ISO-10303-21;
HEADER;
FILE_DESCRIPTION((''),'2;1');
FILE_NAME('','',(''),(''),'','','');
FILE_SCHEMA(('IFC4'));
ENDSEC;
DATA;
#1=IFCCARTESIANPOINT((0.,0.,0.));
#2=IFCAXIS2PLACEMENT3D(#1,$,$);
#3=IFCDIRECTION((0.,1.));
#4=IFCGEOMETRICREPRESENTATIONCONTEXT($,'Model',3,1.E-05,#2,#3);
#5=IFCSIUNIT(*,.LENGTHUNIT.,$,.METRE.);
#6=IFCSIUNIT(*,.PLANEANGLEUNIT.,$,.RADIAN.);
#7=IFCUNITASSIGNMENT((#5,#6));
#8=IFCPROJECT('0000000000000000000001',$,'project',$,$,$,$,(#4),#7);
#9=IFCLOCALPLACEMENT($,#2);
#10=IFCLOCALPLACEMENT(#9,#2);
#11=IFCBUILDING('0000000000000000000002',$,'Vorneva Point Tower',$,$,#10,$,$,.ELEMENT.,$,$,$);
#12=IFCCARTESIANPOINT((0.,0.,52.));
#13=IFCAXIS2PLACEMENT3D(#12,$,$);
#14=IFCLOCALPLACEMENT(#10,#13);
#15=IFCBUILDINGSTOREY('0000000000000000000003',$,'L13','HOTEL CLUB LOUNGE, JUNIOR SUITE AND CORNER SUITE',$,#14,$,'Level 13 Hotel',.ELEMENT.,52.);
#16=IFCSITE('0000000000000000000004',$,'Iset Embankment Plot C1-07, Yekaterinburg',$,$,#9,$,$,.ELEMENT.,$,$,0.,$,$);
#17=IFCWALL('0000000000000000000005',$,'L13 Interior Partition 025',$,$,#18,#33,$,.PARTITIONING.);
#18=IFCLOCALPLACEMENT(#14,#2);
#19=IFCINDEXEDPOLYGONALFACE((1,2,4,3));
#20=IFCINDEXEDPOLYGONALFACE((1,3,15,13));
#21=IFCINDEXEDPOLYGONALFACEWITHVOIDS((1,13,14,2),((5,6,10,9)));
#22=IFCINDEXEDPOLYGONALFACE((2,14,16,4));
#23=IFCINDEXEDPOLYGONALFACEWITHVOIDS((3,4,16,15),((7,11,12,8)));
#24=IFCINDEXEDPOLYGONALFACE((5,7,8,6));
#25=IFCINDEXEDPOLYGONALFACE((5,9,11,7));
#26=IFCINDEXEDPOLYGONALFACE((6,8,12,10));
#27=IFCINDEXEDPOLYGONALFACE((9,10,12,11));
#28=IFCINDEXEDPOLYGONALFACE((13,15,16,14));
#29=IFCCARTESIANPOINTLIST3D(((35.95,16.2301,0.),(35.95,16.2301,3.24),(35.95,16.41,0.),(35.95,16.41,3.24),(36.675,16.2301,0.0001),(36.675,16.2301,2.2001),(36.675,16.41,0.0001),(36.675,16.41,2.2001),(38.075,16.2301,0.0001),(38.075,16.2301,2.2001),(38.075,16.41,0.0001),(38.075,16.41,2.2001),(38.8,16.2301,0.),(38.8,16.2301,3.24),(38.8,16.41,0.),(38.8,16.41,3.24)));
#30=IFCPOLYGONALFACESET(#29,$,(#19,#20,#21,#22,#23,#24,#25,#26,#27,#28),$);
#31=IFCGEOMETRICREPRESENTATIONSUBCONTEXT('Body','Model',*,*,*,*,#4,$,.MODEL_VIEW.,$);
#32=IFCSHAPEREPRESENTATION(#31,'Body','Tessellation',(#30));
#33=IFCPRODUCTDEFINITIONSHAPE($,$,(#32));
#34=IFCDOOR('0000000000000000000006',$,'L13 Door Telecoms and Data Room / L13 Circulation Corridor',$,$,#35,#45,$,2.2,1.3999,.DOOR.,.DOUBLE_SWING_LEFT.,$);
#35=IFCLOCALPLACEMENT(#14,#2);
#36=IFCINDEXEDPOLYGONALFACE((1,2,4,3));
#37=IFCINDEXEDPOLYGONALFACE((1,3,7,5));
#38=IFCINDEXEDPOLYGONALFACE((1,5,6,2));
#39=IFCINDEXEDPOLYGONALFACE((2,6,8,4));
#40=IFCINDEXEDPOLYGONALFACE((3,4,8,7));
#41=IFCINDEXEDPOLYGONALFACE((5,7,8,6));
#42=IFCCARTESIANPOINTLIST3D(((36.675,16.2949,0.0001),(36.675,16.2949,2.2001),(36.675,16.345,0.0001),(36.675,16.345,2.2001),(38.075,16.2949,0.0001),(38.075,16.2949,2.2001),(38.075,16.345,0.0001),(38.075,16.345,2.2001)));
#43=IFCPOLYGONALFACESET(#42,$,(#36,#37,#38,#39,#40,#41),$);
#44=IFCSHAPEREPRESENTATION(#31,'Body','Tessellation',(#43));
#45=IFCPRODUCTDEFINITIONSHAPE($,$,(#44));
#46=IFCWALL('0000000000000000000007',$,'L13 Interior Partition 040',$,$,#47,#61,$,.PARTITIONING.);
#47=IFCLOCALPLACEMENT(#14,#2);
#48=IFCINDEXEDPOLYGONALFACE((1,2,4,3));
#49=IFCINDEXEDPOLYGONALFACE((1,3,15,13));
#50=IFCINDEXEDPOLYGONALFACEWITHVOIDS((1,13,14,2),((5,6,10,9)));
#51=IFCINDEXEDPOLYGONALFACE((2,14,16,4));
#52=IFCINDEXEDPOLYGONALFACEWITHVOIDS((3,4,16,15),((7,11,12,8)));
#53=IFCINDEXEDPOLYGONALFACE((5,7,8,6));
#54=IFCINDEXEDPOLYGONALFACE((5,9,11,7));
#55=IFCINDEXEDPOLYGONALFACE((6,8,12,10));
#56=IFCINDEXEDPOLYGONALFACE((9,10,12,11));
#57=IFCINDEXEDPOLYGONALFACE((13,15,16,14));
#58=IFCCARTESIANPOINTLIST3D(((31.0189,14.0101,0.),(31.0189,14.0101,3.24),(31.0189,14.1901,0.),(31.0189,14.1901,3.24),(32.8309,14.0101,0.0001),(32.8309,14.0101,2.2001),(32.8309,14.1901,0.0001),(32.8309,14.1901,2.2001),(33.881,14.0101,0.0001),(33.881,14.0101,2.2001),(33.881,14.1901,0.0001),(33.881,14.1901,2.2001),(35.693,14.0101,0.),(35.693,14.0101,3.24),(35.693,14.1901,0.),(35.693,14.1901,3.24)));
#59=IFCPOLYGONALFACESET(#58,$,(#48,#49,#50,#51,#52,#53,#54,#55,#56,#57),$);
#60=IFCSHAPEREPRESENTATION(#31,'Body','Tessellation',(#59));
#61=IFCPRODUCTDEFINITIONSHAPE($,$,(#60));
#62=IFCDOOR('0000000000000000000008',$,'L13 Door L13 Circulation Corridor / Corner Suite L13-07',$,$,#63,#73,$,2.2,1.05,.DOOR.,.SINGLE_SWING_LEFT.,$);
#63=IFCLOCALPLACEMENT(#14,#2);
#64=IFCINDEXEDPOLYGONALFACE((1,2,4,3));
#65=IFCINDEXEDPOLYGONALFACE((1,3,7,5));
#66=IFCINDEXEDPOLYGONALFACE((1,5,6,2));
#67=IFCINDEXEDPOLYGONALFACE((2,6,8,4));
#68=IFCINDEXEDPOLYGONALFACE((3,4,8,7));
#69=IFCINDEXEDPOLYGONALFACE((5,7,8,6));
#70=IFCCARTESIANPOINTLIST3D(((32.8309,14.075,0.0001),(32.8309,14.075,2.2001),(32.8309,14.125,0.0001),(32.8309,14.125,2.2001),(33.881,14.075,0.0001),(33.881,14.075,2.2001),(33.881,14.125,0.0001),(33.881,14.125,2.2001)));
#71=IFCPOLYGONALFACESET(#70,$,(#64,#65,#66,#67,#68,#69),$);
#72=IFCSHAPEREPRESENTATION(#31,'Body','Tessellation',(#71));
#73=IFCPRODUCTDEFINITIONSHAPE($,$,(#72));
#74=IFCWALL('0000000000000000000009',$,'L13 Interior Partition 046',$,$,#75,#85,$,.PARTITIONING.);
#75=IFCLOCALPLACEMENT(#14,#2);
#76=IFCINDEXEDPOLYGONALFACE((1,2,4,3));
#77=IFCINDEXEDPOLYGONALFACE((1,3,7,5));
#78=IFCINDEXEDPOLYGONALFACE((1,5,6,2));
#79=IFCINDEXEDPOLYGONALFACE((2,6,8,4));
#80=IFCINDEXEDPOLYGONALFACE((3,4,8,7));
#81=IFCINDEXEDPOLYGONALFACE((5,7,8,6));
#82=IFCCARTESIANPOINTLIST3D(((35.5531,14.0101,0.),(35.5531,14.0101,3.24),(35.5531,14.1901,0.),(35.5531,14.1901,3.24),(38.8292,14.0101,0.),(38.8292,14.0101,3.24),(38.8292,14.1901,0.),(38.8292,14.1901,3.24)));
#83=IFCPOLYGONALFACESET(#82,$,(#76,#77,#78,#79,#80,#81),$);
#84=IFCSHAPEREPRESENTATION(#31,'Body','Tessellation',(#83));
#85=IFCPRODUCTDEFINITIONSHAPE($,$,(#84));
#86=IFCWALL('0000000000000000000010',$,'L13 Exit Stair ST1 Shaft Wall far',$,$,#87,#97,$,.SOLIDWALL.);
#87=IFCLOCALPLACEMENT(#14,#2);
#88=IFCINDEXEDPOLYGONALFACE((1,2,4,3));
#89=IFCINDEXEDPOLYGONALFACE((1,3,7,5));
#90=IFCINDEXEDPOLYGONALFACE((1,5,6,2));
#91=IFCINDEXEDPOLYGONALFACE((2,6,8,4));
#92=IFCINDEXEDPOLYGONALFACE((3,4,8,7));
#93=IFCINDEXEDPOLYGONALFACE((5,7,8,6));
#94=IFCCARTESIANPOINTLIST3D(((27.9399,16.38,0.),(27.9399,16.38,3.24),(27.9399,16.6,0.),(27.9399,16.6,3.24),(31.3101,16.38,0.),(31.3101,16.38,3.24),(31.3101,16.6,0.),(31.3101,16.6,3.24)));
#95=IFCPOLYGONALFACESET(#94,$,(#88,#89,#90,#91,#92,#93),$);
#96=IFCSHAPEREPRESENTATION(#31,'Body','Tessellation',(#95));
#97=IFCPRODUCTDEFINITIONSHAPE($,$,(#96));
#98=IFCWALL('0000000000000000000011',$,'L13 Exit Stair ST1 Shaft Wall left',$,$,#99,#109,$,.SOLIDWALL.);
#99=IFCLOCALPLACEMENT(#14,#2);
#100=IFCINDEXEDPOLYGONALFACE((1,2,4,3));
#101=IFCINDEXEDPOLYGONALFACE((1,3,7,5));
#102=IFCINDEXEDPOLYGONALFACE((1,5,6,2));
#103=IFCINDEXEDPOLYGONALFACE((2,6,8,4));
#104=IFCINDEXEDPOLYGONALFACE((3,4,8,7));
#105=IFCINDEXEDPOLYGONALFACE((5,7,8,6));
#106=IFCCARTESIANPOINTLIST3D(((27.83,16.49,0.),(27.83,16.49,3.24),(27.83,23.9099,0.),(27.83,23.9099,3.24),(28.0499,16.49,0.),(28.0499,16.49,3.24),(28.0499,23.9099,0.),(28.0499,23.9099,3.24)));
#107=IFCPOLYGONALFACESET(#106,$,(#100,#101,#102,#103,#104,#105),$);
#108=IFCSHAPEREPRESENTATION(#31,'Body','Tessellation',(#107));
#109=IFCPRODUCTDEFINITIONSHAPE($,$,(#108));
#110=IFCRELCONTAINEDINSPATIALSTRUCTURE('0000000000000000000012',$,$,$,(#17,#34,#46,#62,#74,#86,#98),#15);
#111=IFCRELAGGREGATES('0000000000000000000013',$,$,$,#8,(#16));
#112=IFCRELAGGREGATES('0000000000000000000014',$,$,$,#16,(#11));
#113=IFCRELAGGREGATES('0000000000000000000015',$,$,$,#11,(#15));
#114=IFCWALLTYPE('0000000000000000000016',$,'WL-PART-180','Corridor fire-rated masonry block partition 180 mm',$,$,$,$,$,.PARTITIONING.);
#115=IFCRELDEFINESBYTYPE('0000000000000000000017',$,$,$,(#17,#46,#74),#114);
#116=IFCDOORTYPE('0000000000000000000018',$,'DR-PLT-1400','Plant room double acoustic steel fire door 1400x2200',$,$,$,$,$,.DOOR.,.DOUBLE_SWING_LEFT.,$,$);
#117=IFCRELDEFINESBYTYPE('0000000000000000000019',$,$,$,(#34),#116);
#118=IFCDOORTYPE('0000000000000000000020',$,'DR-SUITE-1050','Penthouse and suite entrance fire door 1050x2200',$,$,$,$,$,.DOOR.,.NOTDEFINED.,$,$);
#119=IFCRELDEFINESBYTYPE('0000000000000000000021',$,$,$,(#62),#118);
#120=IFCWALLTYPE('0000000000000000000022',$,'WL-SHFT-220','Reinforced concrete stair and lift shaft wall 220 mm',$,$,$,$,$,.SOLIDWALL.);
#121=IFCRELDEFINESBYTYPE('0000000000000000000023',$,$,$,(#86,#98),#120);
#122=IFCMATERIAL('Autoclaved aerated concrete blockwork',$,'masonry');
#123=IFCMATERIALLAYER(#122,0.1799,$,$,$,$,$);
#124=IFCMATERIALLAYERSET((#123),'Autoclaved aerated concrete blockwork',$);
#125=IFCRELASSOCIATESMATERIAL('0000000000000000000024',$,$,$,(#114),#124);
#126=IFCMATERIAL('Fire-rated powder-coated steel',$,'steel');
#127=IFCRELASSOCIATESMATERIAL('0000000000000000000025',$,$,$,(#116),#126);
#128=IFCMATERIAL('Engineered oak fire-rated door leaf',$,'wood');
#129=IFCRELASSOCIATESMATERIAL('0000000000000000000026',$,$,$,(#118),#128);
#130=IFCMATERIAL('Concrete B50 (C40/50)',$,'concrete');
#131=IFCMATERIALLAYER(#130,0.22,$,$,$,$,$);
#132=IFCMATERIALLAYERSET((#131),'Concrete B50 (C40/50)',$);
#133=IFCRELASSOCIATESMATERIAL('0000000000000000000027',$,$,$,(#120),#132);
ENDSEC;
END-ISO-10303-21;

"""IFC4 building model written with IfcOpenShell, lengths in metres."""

from ifc_helpers import new_model, si_unit, direction, frame, frame_2d, origin, place, context, subcontext, project, spatial, rectangle, extrude, material, layer, layer_set, type_object, element, fill, save


model = new_model("IFC4")

# Units and contexts
model_context = context("Model", 3, precision=1e-05, world=origin(), true_north=direction((0.0, 1.0)))
body_context = subcontext(model_context, "Body", "Model", "MODEL_VIEW")
ifc_project = project(units=[si_unit("LENGTHUNIT", "METRE"), si_unit("PLANEANGLEUNIT", "RADIAN")], contexts=[model_context])

# Site, building, storey
site_placement = place(None, origin())
site = spatial("IfcSite", under=ifc_project, at=site_placement, Name="Iset Embankment Plot C1-07, Yekaterinburg", CompositionType="ELEMENT", RefElevation=0.0)
building_placement = place(site_placement, origin())
building = spatial("IfcBuilding", under=site, at=building_placement, Name="Vorneva Point Tower", CompositionType="ELEMENT")
storey_placement = place(building_placement, frame((0.0, 0.0, 52.0)))
storey = spatial("IfcBuildingStorey", under=building, at=storey_placement, Name="L13", Description="HOTEL CLUB LOUNGE, JUNIOR SUITE AND CORNER SUITE", LongName="Level 13 Hotel", CompositionType="ELEMENT", Elevation=52.0)

# Shared definitions
ifc_material_1 = material(Name="Engineered oak fire-rated door leaf", Category="wood")

# Shared definitions
ifc_material_2 = material(Name="Autoclaved aerated concrete blockwork", Category="masonry")
ifc_layer_1 = layer(ifc_material_2, 0.1799)
ifc_layer_set_1 = layer_set([ifc_layer_1], Name="Autoclaved aerated concrete blockwork")
wall_type_1 = type_object("IfcWallType", Name="WL-PART-180", Description="Corridor fire-rated masonry block partition 180 mm", PredefinedType="PARTITIONING", material=ifc_layer_set_1)

# Walls, openings, doors
wall_1_placement = place(storey_placement, frame((35.95, 16.3201, 0.0), z_axis=(0.0, 0.0, 1.0), x_axis=(1.0, 0.0, 0.0)))
wall_1 = element("IfcWall", 1, at=wall_1_placement, inside=storey, type_object=wall_type_1, Name="L13 Interior Partition 025", PredefinedType="PARTITIONING", context=body_context, shape_type="SweptSolid", body=[
    extrude(rectangle(XDim=2.8501, YDim=0.1799, at=frame_2d((1.425, 0.0))), origin(), (0.0, 0.0, 1.0), 3.24),
])
opening_1_placement = place(wall_1_placement, frame((0.7251, 0.0, 0.0)))
opening_1 = element("IfcOpeningElement", 2, at=opening_1_placement, cuts=wall_1, PredefinedType="OPENING", context=body_context, shape_type="SweptSolid", body=[
    extrude(rectangle(XDim=1.3999, YDim=2.2, at=frame_2d((0.7, 1.1001))), frame((0.0, 0.105, 0.0), z_axis=(0.0, -1.0, 0.0), x_axis=(1.0, 0.0, 0.0)), (0.0, 0.0, 1.0), 0.2097),
])
ifc_material_3 = material(Name="Fire-rated powder-coated steel", Category="steel")
door_type_1 = type_object("IfcDoorType", Name="DR-PLT-1400", Description="Plant room double acoustic steel fire door 1400x2200", OperationType="DOUBLE_SWING_LEFT", PredefinedType="DOOR", material=ifc_material_3)
door_1_placement = place(opening_1_placement, origin())
door_1 = element("IfcDoor", 3, at=door_1_placement, inside=storey, type_object=door_type_1, Name="L13 Door Telecoms and Data Room / L13 Circulation Corridor", OperationType="DOUBLE_SWING_LEFT", OverallHeight=2.2, OverallWidth=1.3999, PredefinedType="DOOR", context=body_context, shape_type="SweptSolid", body=[
    extrude(rectangle(XDim=1.3999, YDim=2.2, at=frame_2d((0.7, 1.1001))), frame((0.0, 0.0249, 0.0), z_axis=(0.0, -1.0, 0.0), x_axis=(1.0, 0.0, 0.0)), (0.0, 0.0, 1.0), 0.05),
])
fill(opening_1, door_1)
wall_2_placement = place(storey_placement, frame((31.019, 14.1001, 0.0), z_axis=(0.0, 0.0, 1.0), x_axis=(1.0, 0.0, 0.0)))
wall_2 = element("IfcWall", 4, at=wall_2_placement, inside=storey, type_object=wall_type_1, Name="L13 Interior Partition 040", PredefinedType="PARTITIONING", context=body_context, shape_type="SweptSolid", body=[
    extrude(rectangle(XDim=4.6741, YDim=0.1799, at=frame_2d((2.3369, 0.0))), origin(), (0.0, 0.0, 1.0), 3.24),
])
opening_2_placement = place(wall_2_placement, frame((1.812, 0.0, 0.0)))
opening_2 = element("IfcOpeningElement", 5, at=opening_2_placement, cuts=wall_2, PredefinedType="OPENING", context=body_context, shape_type="SweptSolid", body=[
    extrude(rectangle(XDim=1.05, YDim=2.2, at=frame_2d((0.5249, 1.1001))), frame((0.0, 0.105, 0.0), z_axis=(0.0, -1.0, 0.0), x_axis=(1.0, 0.0, 0.0)), (0.0, 0.0, 1.0), 0.2097),
])
door_type_2 = type_object("IfcDoorType", Name="DR-SUITE-1050", Description="Penthouse and suite entrance fire door 1050x2200", OperationType="NOTDEFINED", PredefinedType="DOOR", material=ifc_material_1)
door_2_placement = place(opening_2_placement, origin())
door_2 = element("IfcDoor", 6, at=door_2_placement, inside=storey, type_object=door_type_2, Name="L13 Door L13 Circulation Corridor / Corner Suite L13-07", OperationType="SINGLE_SWING_LEFT", OverallHeight=2.2, OverallWidth=1.05, PredefinedType="DOOR", context=body_context, shape_type="SweptSolid", body=[
    extrude(rectangle(XDim=1.05, YDim=2.2, at=frame_2d((0.5249, 1.1001))), frame((0.0, 0.0249, 0.0), z_axis=(0.0, -1.0, 0.0), x_axis=(1.0, 0.0, 0.0)), (0.0, 0.0, 1.0), 0.05),
])
fill(opening_2, door_2)

# Walls
wall_3_placement = place(storey_placement, frame((35.553, 14.1001, 0.0), z_axis=(0.0, 0.0, 1.0), x_axis=(1.0, 0.0, 0.0)))
element("IfcWall", 7, at=wall_3_placement, inside=storey, type_object=wall_type_1, Name="L13 Interior Partition 046", PredefinedType="PARTITIONING", context=body_context, shape_type="SweptSolid", body=[
    extrude(rectangle(XDim=3.2761, YDim=0.1799, at=frame_2d((1.6382, 0.0))), origin(), (0.0, 0.0, 1.0), 3.24),
])
ifc_material_4 = material(Name="Concrete B50 (C40/50)", Category="concrete")
ifc_layer_2 = layer(ifc_material_4, 0.22)
ifc_layer_set_2 = layer_set([ifc_layer_2], Name="Concrete B50 (C40/50)")
wall_type_2 = type_object("IfcWallType", Name="WL-SHFT-220", Description="Reinforced concrete stair and lift shaft wall 220 mm", PredefinedType="SOLIDWALL", material=ifc_layer_set_2)
wall_4_placement = place(storey_placement, frame((31.3101, 16.49, 0.0), z_axis=(0.0, 0.0, 1.0), x_axis=(-1.0, 0.0, 0.0)))
element("IfcWall", 8, at=wall_4_placement, inside=storey, type_object=wall_type_2, Name="L13 Exit Stair ST1 Shaft Wall far", PredefinedType="SOLIDWALL", context=body_context, shape_type="SweptSolid", body=[
    extrude(rectangle(XDim=3.3701, YDim=0.22, at=frame_2d((1.6851, 0.0))), origin(), (0.0, 0.0, 1.0), 3.24),
])
wall_5_placement = place(storey_placement, frame((27.9399, 16.49, 0.0), z_axis=(0.0, 0.0, 1.0), x_axis=(0.0, 1.0, 0.0)))
element("IfcWall", 9, at=wall_5_placement, inside=storey, type_object=wall_type_2, Name="L13 Exit Stair ST1 Shaft Wall left", PredefinedType="SOLIDWALL", context=body_context, shape_type="SweptSolid", body=[
    extrude(rectangle(XDim=7.4199, YDim=0.22, at=frame_2d((3.71, 0.0))), origin(), (0.0, 0.0, 1.0), 3.24),
])

save(model, "model.ifc")
